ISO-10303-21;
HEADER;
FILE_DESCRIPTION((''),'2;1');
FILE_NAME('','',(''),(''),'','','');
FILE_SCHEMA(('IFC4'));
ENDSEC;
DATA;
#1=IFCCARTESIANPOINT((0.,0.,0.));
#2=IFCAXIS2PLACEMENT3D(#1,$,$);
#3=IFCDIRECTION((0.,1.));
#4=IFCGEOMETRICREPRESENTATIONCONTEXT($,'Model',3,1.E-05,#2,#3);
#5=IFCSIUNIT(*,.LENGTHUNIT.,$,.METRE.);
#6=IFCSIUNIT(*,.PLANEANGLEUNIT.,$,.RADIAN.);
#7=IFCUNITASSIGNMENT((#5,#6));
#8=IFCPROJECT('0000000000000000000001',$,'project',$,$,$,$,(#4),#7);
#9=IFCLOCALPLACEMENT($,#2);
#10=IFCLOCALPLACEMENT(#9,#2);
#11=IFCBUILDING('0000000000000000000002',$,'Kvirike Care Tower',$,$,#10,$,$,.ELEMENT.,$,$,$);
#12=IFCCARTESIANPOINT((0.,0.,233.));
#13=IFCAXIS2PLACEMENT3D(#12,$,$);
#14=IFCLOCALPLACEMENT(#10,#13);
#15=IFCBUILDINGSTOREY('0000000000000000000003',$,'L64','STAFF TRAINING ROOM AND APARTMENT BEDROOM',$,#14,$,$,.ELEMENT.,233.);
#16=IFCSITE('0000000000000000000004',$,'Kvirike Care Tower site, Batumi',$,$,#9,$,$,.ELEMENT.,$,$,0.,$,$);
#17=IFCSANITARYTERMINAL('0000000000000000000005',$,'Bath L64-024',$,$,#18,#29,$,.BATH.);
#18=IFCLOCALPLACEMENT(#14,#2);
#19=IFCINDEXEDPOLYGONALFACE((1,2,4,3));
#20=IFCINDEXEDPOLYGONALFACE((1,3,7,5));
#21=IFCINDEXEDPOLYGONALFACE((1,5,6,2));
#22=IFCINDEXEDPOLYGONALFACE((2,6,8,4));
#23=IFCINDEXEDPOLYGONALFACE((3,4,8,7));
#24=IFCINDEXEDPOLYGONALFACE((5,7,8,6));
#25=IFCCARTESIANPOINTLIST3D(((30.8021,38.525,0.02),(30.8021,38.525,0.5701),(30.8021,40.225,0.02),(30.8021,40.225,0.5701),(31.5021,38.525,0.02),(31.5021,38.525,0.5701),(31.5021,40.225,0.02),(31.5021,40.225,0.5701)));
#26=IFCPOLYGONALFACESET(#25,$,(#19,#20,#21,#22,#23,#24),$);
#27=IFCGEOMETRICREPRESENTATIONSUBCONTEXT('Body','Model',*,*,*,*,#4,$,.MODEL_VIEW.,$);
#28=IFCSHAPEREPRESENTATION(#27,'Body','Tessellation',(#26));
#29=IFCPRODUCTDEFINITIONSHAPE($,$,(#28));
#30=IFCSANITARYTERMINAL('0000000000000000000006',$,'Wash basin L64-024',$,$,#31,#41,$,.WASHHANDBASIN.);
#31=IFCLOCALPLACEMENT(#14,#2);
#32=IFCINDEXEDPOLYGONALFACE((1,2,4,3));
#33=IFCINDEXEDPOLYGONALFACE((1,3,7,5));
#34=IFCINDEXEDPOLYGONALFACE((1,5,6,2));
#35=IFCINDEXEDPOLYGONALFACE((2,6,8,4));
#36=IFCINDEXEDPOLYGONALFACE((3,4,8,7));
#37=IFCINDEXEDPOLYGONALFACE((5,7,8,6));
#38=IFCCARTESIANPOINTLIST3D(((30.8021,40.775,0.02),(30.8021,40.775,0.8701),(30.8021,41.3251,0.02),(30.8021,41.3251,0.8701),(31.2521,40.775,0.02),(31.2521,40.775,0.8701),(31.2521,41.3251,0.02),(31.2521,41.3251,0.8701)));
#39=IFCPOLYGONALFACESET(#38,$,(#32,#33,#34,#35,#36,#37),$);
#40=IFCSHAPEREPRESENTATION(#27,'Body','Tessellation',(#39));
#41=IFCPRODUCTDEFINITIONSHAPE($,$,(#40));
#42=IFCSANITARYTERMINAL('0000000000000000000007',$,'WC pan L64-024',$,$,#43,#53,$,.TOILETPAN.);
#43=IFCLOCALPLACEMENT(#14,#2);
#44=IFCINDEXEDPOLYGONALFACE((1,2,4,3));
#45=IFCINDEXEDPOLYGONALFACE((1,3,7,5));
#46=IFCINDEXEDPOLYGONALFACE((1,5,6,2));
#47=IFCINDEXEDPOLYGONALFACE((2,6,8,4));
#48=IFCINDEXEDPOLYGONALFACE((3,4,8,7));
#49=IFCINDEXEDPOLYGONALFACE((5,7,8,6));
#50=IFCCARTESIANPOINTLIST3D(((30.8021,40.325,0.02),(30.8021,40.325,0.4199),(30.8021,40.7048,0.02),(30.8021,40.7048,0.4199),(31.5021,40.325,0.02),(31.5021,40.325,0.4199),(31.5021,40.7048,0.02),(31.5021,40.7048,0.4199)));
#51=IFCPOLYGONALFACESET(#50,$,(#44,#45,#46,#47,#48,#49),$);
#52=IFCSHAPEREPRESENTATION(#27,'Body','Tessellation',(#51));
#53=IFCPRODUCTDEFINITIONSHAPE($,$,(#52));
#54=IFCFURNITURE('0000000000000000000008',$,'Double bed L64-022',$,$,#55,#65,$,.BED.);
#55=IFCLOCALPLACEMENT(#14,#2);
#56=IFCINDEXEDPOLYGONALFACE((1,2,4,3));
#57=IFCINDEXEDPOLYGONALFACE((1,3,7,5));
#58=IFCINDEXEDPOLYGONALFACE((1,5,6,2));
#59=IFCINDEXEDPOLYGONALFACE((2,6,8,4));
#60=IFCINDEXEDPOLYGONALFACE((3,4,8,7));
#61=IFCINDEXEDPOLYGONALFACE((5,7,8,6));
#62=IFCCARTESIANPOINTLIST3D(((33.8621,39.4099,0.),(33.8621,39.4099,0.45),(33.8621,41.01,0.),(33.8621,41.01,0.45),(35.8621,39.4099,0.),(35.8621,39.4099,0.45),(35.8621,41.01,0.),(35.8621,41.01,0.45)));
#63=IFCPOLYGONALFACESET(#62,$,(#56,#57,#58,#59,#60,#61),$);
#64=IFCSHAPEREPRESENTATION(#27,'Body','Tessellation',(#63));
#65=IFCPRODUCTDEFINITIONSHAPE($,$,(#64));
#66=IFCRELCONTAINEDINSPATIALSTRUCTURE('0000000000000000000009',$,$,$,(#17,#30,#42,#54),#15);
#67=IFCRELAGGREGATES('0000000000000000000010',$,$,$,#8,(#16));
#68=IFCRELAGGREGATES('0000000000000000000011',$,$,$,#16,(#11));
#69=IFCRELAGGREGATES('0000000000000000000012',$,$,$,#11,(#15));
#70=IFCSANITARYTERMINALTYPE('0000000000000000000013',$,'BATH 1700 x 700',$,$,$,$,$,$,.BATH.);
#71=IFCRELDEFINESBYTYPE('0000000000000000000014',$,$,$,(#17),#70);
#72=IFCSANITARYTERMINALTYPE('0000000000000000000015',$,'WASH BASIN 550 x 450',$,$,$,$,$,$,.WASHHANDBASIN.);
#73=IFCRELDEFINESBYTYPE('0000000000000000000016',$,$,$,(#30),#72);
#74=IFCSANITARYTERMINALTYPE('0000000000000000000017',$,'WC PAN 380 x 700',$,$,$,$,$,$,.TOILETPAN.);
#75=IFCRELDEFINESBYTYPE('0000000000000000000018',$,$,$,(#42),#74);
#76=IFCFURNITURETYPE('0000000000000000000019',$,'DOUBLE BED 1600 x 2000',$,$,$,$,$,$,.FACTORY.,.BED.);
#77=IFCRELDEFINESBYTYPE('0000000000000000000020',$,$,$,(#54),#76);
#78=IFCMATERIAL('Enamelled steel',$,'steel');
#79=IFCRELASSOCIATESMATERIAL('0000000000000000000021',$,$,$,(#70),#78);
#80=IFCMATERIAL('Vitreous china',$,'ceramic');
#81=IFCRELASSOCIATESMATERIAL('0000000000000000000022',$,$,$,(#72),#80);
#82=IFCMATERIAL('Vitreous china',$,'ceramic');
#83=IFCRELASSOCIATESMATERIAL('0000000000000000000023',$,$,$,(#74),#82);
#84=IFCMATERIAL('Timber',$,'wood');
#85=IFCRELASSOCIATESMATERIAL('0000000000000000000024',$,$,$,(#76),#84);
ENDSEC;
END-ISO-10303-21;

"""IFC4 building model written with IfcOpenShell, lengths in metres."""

from ifc_helpers import new_model, si_unit, direction, frame, origin, origin_2d, place, context, subcontext, project, spatial, rectangle, extrude, material, type_object, element, save


model = new_model("IFC4")

# Units and contexts
model_context = context("Model", 3, precision=1e-05, world=origin(), true_north=direction((0.0, 1.0)))
body_context = subcontext(model_context, "Body", "Model", "MODEL_VIEW")
ifc_project = project(units=[si_unit("LENGTHUNIT", "METRE"), si_unit("PLANEANGLEUNIT", "RADIAN")], contexts=[model_context])

# Site, building, storey
site_placement = place(None, origin())
site = spatial("IfcSite", under=ifc_project, at=site_placement, Name="Kvirike Care Tower site, Batumi", CompositionType="ELEMENT", RefElevation=0.0)
building_placement = place(site_placement, origin())
building = spatial("IfcBuilding", under=site, at=building_placement, Name="Kvirike Care Tower", CompositionType="ELEMENT")
storey_placement = place(building_placement, frame((0.0, 0.0, 233.0)))
storey = spatial("IfcBuildingStorey", under=building, at=storey_placement, Name="L64", Description="STAFF TRAINING ROOM AND APARTMENT BEDROOM", CompositionType="ELEMENT", Elevation=233.0)

# Sanitary terminals
ifc_material_1 = material(Name="Enamelled steel", Category="steel")
sanitary_terminal_type_1 = type_object("IfcSanitaryTerminalType", Name="BATH 1700 x 700", PredefinedType="BATH", material=ifc_material_1)
sanitary_terminal_1_placement = place(storey_placement, frame((31.1521, 39.375, 0.02), z_axis=(0.0, 0.0, 1.0), x_axis=(0.0, 1.0, 0.0)))
element("IfcSanitaryTerminal", 1, at=sanitary_terminal_1_placement, inside=storey, type_object=sanitary_terminal_type_1, Name="Bath L64-024", PredefinedType="BATH", context=body_context, shape_type="SweptSolid", body=[
    extrude(rectangle(XDim=1.7, YDim=0.7, at=origin_2d()), origin(), (0.0, 0.0, 1.0), 0.55),
])
ifc_material_2 = material(Name="Vitreous china", Category="ceramic")
sanitary_terminal_type_2 = type_object("IfcSanitaryTerminalType", Name="WASH BASIN 550 x 450", PredefinedType="WASHHANDBASIN", material=ifc_material_2)
sanitary_terminal_2_placement = place(storey_placement, frame((31.0271, 41.05, 0.02), z_axis=(0.0, 0.0, 1.0), x_axis=(0.0, 1.0, 0.0)))
element("IfcSanitaryTerminal", 2, at=sanitary_terminal_2_placement, inside=storey, type_object=sanitary_terminal_type_2, Name="Wash basin L64-024", PredefinedType="WASHHANDBASIN", context=body_context, shape_type="SweptSolid", body=[
    extrude(rectangle(XDim=0.55, YDim=0.45, at=origin_2d()), origin(), (0.0, 0.0, 1.0), 0.8501),
])
ifc_material_3 = material(Name="Vitreous china", Category="ceramic")
sanitary_terminal_type_3 = type_object("IfcSanitaryTerminalType", Name="WC PAN 380 x 700", PredefinedType="TOILETPAN", material=ifc_material_3)
sanitary_terminal_3_placement = place(storey_placement, frame((31.1521, 40.5149, 0.02), z_axis=(0.0, 0.0, 1.0), x_axis=(0.0, 1.0, 0.0)))
element("IfcSanitaryTerminal", 3, at=sanitary_terminal_3_placement, inside=storey, type_object=sanitary_terminal_type_3, Name="WC pan L64-024", PredefinedType="TOILETPAN", context=body_context, shape_type="SweptSolid", body=[
    extrude(rectangle(XDim=0.3799, YDim=0.7, at=origin_2d()), origin(), (0.0, 0.0, 1.0), 0.3999),
])

# Furniture
ifc_material_4 = material(Name="Timber", Category="wood")
furniture_type = type_object("IfcFurnitureType", Name="DOUBLE BED 1600 x 2000", AssemblyPlace="FACTORY", PredefinedType="BED", material=ifc_material_4)
furniture_placement = place(storey_placement, frame((34.8621, 40.21, 0.0), z_axis=(0.0, 0.0, 1.0), x_axis=(0.0, 1.0, 0.0)))
element("IfcFurniture", 4, at=furniture_placement, inside=storey, type_object=furniture_type, Name="Double bed L64-022", PredefinedType="BED", context=body_context, shape_type="SweptSolid", body=[
    extrude(rectangle(XDim=1.6001, YDim=2.0, at=origin_2d()), origin(), (0.0, 0.0, 1.0), 0.45),
])

save(model, "model.ifc")
